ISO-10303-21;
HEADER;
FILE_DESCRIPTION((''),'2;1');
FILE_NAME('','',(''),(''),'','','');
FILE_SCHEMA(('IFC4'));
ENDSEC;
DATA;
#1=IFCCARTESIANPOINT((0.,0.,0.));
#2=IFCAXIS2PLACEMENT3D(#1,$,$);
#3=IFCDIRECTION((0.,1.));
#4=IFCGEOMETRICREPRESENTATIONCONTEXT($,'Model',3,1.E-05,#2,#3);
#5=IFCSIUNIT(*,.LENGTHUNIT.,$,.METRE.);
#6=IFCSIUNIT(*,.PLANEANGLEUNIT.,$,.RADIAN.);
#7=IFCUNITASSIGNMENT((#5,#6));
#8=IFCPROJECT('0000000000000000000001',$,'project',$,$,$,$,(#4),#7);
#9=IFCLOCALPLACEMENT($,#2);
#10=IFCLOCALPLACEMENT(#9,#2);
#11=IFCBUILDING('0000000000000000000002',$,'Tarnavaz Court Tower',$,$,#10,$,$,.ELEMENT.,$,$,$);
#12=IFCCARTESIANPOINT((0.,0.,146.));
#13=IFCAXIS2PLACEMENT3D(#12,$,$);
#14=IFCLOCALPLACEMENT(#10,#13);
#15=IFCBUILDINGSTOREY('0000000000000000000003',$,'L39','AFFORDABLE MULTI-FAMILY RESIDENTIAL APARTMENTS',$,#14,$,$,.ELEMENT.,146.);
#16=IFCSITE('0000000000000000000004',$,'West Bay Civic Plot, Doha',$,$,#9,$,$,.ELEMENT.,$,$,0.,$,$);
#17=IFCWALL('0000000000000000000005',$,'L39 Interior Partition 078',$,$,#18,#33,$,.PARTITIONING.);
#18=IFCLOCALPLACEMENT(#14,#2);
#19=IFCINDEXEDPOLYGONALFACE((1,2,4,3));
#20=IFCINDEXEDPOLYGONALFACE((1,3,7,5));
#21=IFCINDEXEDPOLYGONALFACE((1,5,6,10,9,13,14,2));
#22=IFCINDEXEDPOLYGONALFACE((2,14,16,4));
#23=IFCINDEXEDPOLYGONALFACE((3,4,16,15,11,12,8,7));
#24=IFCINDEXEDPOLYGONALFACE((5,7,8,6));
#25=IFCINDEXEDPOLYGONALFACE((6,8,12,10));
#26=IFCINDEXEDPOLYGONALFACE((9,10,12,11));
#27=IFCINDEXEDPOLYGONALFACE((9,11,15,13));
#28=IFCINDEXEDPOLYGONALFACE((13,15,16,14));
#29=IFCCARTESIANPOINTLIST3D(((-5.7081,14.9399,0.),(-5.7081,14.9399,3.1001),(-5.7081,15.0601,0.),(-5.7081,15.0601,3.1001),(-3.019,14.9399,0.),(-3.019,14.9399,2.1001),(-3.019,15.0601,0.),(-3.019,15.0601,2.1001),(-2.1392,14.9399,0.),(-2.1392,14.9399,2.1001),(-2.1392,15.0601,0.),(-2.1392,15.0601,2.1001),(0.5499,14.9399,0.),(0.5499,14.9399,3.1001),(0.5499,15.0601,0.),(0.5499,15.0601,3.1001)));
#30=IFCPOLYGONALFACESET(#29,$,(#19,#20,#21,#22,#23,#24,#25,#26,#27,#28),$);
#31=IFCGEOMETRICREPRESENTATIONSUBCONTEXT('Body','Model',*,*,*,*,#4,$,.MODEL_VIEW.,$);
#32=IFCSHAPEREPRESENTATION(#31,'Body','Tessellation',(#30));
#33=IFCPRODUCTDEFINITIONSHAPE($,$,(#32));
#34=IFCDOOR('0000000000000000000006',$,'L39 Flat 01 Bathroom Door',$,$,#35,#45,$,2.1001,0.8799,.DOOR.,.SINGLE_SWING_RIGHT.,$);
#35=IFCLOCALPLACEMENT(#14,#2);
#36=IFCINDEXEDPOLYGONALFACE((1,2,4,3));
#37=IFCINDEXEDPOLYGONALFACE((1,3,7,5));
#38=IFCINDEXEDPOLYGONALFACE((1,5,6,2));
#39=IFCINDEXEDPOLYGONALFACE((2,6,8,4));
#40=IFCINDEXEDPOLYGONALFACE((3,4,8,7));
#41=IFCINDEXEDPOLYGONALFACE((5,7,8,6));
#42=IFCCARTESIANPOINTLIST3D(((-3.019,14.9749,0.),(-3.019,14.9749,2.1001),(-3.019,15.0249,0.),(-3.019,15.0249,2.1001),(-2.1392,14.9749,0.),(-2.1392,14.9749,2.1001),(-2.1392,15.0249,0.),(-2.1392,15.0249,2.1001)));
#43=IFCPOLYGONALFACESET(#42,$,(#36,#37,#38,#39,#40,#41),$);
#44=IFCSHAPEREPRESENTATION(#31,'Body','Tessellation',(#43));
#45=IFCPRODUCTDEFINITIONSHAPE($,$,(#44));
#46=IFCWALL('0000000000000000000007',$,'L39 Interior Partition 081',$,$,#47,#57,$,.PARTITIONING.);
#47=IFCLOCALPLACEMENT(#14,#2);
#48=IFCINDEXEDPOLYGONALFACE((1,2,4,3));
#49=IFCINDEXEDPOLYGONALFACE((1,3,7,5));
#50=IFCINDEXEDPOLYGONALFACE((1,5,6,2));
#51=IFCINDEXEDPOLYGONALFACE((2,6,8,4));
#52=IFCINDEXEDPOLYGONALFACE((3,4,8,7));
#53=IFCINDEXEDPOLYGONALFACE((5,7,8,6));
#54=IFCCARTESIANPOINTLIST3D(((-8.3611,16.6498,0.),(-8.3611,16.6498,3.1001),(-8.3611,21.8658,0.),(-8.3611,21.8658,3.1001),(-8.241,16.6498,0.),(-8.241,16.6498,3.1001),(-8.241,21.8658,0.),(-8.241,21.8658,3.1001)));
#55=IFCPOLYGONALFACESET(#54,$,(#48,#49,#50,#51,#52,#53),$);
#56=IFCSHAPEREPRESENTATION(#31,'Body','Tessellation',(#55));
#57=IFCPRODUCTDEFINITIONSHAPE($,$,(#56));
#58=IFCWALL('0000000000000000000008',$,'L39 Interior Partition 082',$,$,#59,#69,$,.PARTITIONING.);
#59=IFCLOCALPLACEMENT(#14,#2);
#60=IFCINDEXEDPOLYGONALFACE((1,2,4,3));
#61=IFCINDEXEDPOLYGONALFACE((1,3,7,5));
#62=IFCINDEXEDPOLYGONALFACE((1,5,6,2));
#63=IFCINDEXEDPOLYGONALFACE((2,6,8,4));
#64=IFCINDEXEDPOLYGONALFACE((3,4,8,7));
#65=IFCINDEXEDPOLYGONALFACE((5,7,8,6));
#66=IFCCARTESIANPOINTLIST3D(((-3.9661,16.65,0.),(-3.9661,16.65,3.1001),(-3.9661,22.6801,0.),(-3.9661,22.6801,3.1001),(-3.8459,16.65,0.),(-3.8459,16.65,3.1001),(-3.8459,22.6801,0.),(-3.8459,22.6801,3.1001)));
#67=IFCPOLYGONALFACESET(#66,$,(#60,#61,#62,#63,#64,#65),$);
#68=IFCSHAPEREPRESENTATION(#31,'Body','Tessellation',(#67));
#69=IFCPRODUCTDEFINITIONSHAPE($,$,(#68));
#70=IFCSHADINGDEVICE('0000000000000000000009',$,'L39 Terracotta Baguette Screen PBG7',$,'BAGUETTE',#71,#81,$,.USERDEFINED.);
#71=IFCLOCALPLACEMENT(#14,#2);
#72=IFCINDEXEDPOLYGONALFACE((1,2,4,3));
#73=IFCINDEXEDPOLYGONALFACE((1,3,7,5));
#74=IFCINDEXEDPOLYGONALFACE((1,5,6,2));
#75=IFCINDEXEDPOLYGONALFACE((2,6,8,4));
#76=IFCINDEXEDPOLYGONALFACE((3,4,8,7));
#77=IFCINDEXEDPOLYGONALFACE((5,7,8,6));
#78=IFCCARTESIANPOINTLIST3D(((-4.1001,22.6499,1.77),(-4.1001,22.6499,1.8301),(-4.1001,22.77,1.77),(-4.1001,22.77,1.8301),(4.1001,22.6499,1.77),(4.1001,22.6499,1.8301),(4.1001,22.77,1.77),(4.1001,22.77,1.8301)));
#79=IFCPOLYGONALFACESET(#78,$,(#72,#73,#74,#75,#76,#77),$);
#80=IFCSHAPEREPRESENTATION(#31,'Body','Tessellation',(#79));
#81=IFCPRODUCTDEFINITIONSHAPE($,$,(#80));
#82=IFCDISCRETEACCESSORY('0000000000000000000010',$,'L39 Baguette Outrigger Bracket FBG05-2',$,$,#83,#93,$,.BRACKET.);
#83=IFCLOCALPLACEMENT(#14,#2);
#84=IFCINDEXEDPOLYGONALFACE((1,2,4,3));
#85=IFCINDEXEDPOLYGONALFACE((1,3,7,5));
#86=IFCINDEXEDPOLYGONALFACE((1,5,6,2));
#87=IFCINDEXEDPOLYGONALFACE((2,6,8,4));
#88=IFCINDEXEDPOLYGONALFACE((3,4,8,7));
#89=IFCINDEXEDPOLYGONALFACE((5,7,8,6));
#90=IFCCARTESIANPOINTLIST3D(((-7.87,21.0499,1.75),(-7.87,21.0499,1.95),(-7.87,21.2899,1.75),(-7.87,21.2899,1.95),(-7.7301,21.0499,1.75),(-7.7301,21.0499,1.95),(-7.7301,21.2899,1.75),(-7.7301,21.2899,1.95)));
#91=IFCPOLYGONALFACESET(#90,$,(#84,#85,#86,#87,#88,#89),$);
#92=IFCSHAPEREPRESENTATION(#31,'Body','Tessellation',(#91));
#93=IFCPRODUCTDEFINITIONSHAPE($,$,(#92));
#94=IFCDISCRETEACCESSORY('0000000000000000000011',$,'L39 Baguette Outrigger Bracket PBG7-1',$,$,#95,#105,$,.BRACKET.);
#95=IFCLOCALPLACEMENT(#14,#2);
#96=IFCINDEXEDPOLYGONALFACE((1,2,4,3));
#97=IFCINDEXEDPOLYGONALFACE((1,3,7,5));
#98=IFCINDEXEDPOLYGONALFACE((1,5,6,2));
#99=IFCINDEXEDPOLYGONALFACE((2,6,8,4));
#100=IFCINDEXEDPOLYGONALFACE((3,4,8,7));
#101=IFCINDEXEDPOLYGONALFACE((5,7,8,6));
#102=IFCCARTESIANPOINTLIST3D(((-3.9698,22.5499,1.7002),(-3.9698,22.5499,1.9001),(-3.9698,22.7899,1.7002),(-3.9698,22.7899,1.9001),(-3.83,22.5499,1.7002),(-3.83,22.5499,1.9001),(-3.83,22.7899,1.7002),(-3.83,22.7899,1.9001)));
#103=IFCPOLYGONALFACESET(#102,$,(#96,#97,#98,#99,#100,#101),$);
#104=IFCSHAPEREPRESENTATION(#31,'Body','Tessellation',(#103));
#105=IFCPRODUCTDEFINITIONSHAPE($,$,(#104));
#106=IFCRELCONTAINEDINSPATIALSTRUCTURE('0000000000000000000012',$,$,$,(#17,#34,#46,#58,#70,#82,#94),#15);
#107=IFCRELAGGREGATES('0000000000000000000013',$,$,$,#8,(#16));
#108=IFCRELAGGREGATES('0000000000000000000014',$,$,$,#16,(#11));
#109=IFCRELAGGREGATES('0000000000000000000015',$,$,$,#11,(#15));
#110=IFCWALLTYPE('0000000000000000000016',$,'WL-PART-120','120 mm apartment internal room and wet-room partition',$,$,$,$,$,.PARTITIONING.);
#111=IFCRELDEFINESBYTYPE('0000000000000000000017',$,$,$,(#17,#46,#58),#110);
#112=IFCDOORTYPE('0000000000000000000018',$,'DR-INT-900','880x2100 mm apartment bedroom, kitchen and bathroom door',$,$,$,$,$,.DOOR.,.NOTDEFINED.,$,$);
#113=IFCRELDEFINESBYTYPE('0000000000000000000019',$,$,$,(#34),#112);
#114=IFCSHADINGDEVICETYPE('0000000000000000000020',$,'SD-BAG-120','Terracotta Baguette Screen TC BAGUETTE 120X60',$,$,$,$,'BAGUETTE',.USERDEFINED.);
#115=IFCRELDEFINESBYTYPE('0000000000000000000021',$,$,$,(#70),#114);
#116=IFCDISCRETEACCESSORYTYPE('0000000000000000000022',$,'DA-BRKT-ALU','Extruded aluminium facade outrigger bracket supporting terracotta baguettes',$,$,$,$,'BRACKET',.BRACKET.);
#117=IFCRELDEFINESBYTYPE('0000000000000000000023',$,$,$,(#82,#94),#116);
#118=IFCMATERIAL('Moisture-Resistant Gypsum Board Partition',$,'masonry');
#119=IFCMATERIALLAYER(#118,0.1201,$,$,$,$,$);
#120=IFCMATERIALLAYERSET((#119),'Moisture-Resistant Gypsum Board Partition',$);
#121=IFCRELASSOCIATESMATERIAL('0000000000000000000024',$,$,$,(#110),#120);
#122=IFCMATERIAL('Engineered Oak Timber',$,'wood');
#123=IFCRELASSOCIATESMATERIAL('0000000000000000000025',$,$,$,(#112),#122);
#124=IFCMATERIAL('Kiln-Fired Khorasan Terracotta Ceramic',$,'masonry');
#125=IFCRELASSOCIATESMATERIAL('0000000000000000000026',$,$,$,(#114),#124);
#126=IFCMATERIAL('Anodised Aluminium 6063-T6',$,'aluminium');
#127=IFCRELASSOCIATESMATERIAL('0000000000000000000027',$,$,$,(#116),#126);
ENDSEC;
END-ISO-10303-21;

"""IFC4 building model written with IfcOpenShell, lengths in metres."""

from ifc_helpers import new_model, si_unit, direction, frame, frame_2d, origin, origin_2d, place, context, subcontext, project, spatial, rectangle, extrude, material, layer, layer_set, material_profile, profile_set, type_object, element, fill, save


model = new_model("IFC4")

# Units and contexts
model_context = context("Model", 3, precision=1e-05, world=origin(), true_north=direction((0.0, 1.0)))
body_context = subcontext(model_context, "Body", "Model", "MODEL_VIEW")
ifc_project = project(units=[si_unit("LENGTHUNIT", "METRE"), si_unit("PLANEANGLEUNIT", "RADIAN")], contexts=[model_context])

# Site, building, storey
site_placement = place(None, origin())
site = spatial("IfcSite", under=ifc_project, at=site_placement, Name="West Bay Civic Plot, Doha", CompositionType="ELEMENT", RefElevation=0.0)
building_placement = place(site_placement, origin())
building = spatial("IfcBuilding", under=site, at=building_placement, Name="Tarnavaz Court Tower", CompositionType="ELEMENT")
storey_placement = place(building_placement, frame((0.0, 0.0, 146.0)))
storey = spatial("IfcBuildingStorey", under=building, at=storey_placement, Name="L39", Description="AFFORDABLE MULTI-FAMILY RESIDENTIAL APARTMENTS", CompositionType="ELEMENT", Elevation=146.0)

# Shared definitions
ifc_material_1 = material(Name="Anodised Aluminium 6063-T6", Category="aluminium")

# Wall, opening, door
ifc_material_2 = material(Name="Moisture-Resistant Gypsum Board Partition", Category="masonry")
ifc_layer_1 = layer(ifc_material_2, 0.1201)
ifc_layer_set_1 = layer_set([ifc_layer_1], Name="Moisture-Resistant Gypsum Board Partition")
wall_type_1 = type_object("IfcWallType", Name="WL-PART-120", Description="120 mm apartment internal room and wet-room partition", PredefinedType="PARTITIONING", material=ifc_layer_set_1)
ifc_material_3 = material(Name="Engineered Oak Timber", Category="wood")
door_type = type_object("IfcDoorType", Name="DR-INT-900", Description="880x2100 mm apartment bedroom, kitchen and bathroom door", OperationType="NOTDEFINED", PredefinedType="DOOR", material=ifc_material_3)
wall_1_placement = place(storey_placement, frame((-5.708, 15.0, 0.0), z_axis=(0.0, 0.0, 1.0), x_axis=(1.0, 0.0, 0.0)))
wall_1 = element("IfcWall", 1, at=wall_1_placement, inside=storey, type_object=wall_type_1, Name="L39 Interior Partition 078", PredefinedType="PARTITIONING", context=body_context, shape_type="SweptSolid", body=[
    extrude(rectangle(XDim=6.2581, YDim=0.1201, at=frame_2d((3.1289, 0.0))), origin(), (0.0, 0.0, 1.0), 3.1001),
])
opening_1_placement = place(wall_1_placement, frame((2.689, 0.0, 0.0)))
opening_1 = element("IfcOpeningElement", 2, at=opening_1_placement, cuts=wall_1, PredefinedType="OPENING", context=body_context, shape_type="SweptSolid", body=[
    extrude(rectangle(XDim=0.8799, YDim=2.1001, at=frame_2d((0.4399, 1.05))), frame((0.0, 0.0701, 0.0), z_axis=(0.0, -1.0, 0.0), x_axis=(1.0, 0.0, 0.0)), (0.0, 0.0, 1.0), 0.1401),
])
door_1_placement = place(opening_1_placement, origin())
door_1 = element("IfcDoor", 3, at=door_1_placement, inside=storey, type_object=door_type, Name="L39 Flat 01 Bathroom Door", OperationType="SINGLE_SWING_RIGHT", OverallHeight=2.1001, OverallWidth=0.8799, PredefinedType="DOOR", context=body_context, shape_type="SweptSolid", body=[
    extrude(rectangle(XDim=0.8799, YDim=2.1001, at=frame_2d((0.4399, 1.05))), frame((0.0, 0.0249, 0.0), z_axis=(0.0, -1.0, 0.0), x_axis=(1.0, 0.0, 0.0)), (0.0, 0.0, 1.0), 0.05),
])
fill(opening_1, door_1)

# Walls
wall_2_placement = place(storey_placement, frame((-8.301, 16.6499, 0.0), z_axis=(0.0, 0.0, 1.0), x_axis=(0.0, 1.0, 0.0)))
element("IfcWall", 4, at=wall_2_placement, inside=storey, type_object=wall_type_1, Name="L39 Interior Partition 081", PredefinedType="PARTITIONING", context=body_context, shape_type="SweptSolid", body=[
    extrude(rectangle(XDim=5.2161, YDim=0.1201, at=frame_2d((2.6079, 0.0))), origin(), (0.0, 0.0, 1.0), 3.1001),
])
wall_3_placement = place(storey_placement, frame((-3.906, 16.6499, 0.0), z_axis=(0.0, 0.0, 1.0), x_axis=(0.0, 1.0, 0.0)))
element("IfcWall", 5, at=wall_3_placement, inside=storey, type_object=wall_type_1, Name="L39 Interior Partition 082", PredefinedType="PARTITIONING", context=body_context, shape_type="SweptSolid", body=[
    extrude(rectangle(XDim=6.03, YDim=0.1201, at=frame_2d((3.0151, 0.0))), origin(), (0.0, 0.0, 1.0), 3.1001),
])

# Shading device
ifc_material_4 = material(Name="Kiln-Fired Khorasan Terracotta Ceramic", Category="masonry")
ifc_material_profile_1 = material_profile(ifc_material_4, rectangle(XDim=0.1201, YDim=0.0601, at=origin_2d()), Name="TC BAGUETTE 120X60")
ifc_profile_set_1 = profile_set([ifc_material_profile_1], Name="Kiln-Fired Khorasan Terracotta Ceramic")
shading_device_type = type_object("IfcShadingDeviceType", Name="SD-BAG-120", Description="Terracotta Baguette Screen TC BAGUETTE 120X60", ElementType="BAGUETTE", PredefinedType="USERDEFINED", material=ifc_profile_set_1)
shading_device_placement = place(storey_placement, frame((-4.1001, 22.71, 1.8), z_axis=(1.0, 0.0, 0.0), x_axis=(0.0, 1.0, 0.0)))
element("IfcShadingDevice", 6, at=shading_device_placement, inside=storey, type_object=shading_device_type, Name="L39 Terracotta Baguette Screen PBG7", ObjectType="BAGUETTE", PredefinedType="USERDEFINED", context=body_context, shape_type="SweptSolid", body=[
    extrude(rectangle(XDim=0.1201, YDim=0.0601, at=origin_2d()), origin(), (0.0, 0.0, 1.0), 8.2002),
])

# Discrete accessories
discrete_accessory_type = type_object("IfcDiscreteAccessoryType", Name="DA-BRKT-ALU", Description="Extruded aluminium facade outrigger bracket supporting terracotta baguettes", ElementType="BRACKET", PredefinedType="BRACKET", material=ifc_material_1)
for number, where, z_axis, x_axis, name in (
    (7, (-7.8, 21.1699, 1.75), (0.0, 0.0, 1.0), (1.0, 0.0, 0.0), "L39 Baguette Outrigger Bracket FBG05-2"),
    (8, (-3.8999, 22.6699, 1.7002), (0.0, 0.0, 1.0), (1.0, 0.0, 0.0), "L39 Baguette Outrigger Bracket PBG7-1"),
):
    element("IfcDiscreteAccessory", number, at=place(storey_placement, frame(where, z_axis=z_axis, x_axis=x_axis)), inside=storey, type_object=discrete_accessory_type, Name=name, PredefinedType="BRACKET", context=body_context, shape_type="SweptSolid", body=[
        extrude(rectangle(XDim=0.1399, YDim=0.24, at=origin_2d()), origin(), (0.0, 0.0, 1.0), 0.2),
    ])

save(model, "model.ifc")
